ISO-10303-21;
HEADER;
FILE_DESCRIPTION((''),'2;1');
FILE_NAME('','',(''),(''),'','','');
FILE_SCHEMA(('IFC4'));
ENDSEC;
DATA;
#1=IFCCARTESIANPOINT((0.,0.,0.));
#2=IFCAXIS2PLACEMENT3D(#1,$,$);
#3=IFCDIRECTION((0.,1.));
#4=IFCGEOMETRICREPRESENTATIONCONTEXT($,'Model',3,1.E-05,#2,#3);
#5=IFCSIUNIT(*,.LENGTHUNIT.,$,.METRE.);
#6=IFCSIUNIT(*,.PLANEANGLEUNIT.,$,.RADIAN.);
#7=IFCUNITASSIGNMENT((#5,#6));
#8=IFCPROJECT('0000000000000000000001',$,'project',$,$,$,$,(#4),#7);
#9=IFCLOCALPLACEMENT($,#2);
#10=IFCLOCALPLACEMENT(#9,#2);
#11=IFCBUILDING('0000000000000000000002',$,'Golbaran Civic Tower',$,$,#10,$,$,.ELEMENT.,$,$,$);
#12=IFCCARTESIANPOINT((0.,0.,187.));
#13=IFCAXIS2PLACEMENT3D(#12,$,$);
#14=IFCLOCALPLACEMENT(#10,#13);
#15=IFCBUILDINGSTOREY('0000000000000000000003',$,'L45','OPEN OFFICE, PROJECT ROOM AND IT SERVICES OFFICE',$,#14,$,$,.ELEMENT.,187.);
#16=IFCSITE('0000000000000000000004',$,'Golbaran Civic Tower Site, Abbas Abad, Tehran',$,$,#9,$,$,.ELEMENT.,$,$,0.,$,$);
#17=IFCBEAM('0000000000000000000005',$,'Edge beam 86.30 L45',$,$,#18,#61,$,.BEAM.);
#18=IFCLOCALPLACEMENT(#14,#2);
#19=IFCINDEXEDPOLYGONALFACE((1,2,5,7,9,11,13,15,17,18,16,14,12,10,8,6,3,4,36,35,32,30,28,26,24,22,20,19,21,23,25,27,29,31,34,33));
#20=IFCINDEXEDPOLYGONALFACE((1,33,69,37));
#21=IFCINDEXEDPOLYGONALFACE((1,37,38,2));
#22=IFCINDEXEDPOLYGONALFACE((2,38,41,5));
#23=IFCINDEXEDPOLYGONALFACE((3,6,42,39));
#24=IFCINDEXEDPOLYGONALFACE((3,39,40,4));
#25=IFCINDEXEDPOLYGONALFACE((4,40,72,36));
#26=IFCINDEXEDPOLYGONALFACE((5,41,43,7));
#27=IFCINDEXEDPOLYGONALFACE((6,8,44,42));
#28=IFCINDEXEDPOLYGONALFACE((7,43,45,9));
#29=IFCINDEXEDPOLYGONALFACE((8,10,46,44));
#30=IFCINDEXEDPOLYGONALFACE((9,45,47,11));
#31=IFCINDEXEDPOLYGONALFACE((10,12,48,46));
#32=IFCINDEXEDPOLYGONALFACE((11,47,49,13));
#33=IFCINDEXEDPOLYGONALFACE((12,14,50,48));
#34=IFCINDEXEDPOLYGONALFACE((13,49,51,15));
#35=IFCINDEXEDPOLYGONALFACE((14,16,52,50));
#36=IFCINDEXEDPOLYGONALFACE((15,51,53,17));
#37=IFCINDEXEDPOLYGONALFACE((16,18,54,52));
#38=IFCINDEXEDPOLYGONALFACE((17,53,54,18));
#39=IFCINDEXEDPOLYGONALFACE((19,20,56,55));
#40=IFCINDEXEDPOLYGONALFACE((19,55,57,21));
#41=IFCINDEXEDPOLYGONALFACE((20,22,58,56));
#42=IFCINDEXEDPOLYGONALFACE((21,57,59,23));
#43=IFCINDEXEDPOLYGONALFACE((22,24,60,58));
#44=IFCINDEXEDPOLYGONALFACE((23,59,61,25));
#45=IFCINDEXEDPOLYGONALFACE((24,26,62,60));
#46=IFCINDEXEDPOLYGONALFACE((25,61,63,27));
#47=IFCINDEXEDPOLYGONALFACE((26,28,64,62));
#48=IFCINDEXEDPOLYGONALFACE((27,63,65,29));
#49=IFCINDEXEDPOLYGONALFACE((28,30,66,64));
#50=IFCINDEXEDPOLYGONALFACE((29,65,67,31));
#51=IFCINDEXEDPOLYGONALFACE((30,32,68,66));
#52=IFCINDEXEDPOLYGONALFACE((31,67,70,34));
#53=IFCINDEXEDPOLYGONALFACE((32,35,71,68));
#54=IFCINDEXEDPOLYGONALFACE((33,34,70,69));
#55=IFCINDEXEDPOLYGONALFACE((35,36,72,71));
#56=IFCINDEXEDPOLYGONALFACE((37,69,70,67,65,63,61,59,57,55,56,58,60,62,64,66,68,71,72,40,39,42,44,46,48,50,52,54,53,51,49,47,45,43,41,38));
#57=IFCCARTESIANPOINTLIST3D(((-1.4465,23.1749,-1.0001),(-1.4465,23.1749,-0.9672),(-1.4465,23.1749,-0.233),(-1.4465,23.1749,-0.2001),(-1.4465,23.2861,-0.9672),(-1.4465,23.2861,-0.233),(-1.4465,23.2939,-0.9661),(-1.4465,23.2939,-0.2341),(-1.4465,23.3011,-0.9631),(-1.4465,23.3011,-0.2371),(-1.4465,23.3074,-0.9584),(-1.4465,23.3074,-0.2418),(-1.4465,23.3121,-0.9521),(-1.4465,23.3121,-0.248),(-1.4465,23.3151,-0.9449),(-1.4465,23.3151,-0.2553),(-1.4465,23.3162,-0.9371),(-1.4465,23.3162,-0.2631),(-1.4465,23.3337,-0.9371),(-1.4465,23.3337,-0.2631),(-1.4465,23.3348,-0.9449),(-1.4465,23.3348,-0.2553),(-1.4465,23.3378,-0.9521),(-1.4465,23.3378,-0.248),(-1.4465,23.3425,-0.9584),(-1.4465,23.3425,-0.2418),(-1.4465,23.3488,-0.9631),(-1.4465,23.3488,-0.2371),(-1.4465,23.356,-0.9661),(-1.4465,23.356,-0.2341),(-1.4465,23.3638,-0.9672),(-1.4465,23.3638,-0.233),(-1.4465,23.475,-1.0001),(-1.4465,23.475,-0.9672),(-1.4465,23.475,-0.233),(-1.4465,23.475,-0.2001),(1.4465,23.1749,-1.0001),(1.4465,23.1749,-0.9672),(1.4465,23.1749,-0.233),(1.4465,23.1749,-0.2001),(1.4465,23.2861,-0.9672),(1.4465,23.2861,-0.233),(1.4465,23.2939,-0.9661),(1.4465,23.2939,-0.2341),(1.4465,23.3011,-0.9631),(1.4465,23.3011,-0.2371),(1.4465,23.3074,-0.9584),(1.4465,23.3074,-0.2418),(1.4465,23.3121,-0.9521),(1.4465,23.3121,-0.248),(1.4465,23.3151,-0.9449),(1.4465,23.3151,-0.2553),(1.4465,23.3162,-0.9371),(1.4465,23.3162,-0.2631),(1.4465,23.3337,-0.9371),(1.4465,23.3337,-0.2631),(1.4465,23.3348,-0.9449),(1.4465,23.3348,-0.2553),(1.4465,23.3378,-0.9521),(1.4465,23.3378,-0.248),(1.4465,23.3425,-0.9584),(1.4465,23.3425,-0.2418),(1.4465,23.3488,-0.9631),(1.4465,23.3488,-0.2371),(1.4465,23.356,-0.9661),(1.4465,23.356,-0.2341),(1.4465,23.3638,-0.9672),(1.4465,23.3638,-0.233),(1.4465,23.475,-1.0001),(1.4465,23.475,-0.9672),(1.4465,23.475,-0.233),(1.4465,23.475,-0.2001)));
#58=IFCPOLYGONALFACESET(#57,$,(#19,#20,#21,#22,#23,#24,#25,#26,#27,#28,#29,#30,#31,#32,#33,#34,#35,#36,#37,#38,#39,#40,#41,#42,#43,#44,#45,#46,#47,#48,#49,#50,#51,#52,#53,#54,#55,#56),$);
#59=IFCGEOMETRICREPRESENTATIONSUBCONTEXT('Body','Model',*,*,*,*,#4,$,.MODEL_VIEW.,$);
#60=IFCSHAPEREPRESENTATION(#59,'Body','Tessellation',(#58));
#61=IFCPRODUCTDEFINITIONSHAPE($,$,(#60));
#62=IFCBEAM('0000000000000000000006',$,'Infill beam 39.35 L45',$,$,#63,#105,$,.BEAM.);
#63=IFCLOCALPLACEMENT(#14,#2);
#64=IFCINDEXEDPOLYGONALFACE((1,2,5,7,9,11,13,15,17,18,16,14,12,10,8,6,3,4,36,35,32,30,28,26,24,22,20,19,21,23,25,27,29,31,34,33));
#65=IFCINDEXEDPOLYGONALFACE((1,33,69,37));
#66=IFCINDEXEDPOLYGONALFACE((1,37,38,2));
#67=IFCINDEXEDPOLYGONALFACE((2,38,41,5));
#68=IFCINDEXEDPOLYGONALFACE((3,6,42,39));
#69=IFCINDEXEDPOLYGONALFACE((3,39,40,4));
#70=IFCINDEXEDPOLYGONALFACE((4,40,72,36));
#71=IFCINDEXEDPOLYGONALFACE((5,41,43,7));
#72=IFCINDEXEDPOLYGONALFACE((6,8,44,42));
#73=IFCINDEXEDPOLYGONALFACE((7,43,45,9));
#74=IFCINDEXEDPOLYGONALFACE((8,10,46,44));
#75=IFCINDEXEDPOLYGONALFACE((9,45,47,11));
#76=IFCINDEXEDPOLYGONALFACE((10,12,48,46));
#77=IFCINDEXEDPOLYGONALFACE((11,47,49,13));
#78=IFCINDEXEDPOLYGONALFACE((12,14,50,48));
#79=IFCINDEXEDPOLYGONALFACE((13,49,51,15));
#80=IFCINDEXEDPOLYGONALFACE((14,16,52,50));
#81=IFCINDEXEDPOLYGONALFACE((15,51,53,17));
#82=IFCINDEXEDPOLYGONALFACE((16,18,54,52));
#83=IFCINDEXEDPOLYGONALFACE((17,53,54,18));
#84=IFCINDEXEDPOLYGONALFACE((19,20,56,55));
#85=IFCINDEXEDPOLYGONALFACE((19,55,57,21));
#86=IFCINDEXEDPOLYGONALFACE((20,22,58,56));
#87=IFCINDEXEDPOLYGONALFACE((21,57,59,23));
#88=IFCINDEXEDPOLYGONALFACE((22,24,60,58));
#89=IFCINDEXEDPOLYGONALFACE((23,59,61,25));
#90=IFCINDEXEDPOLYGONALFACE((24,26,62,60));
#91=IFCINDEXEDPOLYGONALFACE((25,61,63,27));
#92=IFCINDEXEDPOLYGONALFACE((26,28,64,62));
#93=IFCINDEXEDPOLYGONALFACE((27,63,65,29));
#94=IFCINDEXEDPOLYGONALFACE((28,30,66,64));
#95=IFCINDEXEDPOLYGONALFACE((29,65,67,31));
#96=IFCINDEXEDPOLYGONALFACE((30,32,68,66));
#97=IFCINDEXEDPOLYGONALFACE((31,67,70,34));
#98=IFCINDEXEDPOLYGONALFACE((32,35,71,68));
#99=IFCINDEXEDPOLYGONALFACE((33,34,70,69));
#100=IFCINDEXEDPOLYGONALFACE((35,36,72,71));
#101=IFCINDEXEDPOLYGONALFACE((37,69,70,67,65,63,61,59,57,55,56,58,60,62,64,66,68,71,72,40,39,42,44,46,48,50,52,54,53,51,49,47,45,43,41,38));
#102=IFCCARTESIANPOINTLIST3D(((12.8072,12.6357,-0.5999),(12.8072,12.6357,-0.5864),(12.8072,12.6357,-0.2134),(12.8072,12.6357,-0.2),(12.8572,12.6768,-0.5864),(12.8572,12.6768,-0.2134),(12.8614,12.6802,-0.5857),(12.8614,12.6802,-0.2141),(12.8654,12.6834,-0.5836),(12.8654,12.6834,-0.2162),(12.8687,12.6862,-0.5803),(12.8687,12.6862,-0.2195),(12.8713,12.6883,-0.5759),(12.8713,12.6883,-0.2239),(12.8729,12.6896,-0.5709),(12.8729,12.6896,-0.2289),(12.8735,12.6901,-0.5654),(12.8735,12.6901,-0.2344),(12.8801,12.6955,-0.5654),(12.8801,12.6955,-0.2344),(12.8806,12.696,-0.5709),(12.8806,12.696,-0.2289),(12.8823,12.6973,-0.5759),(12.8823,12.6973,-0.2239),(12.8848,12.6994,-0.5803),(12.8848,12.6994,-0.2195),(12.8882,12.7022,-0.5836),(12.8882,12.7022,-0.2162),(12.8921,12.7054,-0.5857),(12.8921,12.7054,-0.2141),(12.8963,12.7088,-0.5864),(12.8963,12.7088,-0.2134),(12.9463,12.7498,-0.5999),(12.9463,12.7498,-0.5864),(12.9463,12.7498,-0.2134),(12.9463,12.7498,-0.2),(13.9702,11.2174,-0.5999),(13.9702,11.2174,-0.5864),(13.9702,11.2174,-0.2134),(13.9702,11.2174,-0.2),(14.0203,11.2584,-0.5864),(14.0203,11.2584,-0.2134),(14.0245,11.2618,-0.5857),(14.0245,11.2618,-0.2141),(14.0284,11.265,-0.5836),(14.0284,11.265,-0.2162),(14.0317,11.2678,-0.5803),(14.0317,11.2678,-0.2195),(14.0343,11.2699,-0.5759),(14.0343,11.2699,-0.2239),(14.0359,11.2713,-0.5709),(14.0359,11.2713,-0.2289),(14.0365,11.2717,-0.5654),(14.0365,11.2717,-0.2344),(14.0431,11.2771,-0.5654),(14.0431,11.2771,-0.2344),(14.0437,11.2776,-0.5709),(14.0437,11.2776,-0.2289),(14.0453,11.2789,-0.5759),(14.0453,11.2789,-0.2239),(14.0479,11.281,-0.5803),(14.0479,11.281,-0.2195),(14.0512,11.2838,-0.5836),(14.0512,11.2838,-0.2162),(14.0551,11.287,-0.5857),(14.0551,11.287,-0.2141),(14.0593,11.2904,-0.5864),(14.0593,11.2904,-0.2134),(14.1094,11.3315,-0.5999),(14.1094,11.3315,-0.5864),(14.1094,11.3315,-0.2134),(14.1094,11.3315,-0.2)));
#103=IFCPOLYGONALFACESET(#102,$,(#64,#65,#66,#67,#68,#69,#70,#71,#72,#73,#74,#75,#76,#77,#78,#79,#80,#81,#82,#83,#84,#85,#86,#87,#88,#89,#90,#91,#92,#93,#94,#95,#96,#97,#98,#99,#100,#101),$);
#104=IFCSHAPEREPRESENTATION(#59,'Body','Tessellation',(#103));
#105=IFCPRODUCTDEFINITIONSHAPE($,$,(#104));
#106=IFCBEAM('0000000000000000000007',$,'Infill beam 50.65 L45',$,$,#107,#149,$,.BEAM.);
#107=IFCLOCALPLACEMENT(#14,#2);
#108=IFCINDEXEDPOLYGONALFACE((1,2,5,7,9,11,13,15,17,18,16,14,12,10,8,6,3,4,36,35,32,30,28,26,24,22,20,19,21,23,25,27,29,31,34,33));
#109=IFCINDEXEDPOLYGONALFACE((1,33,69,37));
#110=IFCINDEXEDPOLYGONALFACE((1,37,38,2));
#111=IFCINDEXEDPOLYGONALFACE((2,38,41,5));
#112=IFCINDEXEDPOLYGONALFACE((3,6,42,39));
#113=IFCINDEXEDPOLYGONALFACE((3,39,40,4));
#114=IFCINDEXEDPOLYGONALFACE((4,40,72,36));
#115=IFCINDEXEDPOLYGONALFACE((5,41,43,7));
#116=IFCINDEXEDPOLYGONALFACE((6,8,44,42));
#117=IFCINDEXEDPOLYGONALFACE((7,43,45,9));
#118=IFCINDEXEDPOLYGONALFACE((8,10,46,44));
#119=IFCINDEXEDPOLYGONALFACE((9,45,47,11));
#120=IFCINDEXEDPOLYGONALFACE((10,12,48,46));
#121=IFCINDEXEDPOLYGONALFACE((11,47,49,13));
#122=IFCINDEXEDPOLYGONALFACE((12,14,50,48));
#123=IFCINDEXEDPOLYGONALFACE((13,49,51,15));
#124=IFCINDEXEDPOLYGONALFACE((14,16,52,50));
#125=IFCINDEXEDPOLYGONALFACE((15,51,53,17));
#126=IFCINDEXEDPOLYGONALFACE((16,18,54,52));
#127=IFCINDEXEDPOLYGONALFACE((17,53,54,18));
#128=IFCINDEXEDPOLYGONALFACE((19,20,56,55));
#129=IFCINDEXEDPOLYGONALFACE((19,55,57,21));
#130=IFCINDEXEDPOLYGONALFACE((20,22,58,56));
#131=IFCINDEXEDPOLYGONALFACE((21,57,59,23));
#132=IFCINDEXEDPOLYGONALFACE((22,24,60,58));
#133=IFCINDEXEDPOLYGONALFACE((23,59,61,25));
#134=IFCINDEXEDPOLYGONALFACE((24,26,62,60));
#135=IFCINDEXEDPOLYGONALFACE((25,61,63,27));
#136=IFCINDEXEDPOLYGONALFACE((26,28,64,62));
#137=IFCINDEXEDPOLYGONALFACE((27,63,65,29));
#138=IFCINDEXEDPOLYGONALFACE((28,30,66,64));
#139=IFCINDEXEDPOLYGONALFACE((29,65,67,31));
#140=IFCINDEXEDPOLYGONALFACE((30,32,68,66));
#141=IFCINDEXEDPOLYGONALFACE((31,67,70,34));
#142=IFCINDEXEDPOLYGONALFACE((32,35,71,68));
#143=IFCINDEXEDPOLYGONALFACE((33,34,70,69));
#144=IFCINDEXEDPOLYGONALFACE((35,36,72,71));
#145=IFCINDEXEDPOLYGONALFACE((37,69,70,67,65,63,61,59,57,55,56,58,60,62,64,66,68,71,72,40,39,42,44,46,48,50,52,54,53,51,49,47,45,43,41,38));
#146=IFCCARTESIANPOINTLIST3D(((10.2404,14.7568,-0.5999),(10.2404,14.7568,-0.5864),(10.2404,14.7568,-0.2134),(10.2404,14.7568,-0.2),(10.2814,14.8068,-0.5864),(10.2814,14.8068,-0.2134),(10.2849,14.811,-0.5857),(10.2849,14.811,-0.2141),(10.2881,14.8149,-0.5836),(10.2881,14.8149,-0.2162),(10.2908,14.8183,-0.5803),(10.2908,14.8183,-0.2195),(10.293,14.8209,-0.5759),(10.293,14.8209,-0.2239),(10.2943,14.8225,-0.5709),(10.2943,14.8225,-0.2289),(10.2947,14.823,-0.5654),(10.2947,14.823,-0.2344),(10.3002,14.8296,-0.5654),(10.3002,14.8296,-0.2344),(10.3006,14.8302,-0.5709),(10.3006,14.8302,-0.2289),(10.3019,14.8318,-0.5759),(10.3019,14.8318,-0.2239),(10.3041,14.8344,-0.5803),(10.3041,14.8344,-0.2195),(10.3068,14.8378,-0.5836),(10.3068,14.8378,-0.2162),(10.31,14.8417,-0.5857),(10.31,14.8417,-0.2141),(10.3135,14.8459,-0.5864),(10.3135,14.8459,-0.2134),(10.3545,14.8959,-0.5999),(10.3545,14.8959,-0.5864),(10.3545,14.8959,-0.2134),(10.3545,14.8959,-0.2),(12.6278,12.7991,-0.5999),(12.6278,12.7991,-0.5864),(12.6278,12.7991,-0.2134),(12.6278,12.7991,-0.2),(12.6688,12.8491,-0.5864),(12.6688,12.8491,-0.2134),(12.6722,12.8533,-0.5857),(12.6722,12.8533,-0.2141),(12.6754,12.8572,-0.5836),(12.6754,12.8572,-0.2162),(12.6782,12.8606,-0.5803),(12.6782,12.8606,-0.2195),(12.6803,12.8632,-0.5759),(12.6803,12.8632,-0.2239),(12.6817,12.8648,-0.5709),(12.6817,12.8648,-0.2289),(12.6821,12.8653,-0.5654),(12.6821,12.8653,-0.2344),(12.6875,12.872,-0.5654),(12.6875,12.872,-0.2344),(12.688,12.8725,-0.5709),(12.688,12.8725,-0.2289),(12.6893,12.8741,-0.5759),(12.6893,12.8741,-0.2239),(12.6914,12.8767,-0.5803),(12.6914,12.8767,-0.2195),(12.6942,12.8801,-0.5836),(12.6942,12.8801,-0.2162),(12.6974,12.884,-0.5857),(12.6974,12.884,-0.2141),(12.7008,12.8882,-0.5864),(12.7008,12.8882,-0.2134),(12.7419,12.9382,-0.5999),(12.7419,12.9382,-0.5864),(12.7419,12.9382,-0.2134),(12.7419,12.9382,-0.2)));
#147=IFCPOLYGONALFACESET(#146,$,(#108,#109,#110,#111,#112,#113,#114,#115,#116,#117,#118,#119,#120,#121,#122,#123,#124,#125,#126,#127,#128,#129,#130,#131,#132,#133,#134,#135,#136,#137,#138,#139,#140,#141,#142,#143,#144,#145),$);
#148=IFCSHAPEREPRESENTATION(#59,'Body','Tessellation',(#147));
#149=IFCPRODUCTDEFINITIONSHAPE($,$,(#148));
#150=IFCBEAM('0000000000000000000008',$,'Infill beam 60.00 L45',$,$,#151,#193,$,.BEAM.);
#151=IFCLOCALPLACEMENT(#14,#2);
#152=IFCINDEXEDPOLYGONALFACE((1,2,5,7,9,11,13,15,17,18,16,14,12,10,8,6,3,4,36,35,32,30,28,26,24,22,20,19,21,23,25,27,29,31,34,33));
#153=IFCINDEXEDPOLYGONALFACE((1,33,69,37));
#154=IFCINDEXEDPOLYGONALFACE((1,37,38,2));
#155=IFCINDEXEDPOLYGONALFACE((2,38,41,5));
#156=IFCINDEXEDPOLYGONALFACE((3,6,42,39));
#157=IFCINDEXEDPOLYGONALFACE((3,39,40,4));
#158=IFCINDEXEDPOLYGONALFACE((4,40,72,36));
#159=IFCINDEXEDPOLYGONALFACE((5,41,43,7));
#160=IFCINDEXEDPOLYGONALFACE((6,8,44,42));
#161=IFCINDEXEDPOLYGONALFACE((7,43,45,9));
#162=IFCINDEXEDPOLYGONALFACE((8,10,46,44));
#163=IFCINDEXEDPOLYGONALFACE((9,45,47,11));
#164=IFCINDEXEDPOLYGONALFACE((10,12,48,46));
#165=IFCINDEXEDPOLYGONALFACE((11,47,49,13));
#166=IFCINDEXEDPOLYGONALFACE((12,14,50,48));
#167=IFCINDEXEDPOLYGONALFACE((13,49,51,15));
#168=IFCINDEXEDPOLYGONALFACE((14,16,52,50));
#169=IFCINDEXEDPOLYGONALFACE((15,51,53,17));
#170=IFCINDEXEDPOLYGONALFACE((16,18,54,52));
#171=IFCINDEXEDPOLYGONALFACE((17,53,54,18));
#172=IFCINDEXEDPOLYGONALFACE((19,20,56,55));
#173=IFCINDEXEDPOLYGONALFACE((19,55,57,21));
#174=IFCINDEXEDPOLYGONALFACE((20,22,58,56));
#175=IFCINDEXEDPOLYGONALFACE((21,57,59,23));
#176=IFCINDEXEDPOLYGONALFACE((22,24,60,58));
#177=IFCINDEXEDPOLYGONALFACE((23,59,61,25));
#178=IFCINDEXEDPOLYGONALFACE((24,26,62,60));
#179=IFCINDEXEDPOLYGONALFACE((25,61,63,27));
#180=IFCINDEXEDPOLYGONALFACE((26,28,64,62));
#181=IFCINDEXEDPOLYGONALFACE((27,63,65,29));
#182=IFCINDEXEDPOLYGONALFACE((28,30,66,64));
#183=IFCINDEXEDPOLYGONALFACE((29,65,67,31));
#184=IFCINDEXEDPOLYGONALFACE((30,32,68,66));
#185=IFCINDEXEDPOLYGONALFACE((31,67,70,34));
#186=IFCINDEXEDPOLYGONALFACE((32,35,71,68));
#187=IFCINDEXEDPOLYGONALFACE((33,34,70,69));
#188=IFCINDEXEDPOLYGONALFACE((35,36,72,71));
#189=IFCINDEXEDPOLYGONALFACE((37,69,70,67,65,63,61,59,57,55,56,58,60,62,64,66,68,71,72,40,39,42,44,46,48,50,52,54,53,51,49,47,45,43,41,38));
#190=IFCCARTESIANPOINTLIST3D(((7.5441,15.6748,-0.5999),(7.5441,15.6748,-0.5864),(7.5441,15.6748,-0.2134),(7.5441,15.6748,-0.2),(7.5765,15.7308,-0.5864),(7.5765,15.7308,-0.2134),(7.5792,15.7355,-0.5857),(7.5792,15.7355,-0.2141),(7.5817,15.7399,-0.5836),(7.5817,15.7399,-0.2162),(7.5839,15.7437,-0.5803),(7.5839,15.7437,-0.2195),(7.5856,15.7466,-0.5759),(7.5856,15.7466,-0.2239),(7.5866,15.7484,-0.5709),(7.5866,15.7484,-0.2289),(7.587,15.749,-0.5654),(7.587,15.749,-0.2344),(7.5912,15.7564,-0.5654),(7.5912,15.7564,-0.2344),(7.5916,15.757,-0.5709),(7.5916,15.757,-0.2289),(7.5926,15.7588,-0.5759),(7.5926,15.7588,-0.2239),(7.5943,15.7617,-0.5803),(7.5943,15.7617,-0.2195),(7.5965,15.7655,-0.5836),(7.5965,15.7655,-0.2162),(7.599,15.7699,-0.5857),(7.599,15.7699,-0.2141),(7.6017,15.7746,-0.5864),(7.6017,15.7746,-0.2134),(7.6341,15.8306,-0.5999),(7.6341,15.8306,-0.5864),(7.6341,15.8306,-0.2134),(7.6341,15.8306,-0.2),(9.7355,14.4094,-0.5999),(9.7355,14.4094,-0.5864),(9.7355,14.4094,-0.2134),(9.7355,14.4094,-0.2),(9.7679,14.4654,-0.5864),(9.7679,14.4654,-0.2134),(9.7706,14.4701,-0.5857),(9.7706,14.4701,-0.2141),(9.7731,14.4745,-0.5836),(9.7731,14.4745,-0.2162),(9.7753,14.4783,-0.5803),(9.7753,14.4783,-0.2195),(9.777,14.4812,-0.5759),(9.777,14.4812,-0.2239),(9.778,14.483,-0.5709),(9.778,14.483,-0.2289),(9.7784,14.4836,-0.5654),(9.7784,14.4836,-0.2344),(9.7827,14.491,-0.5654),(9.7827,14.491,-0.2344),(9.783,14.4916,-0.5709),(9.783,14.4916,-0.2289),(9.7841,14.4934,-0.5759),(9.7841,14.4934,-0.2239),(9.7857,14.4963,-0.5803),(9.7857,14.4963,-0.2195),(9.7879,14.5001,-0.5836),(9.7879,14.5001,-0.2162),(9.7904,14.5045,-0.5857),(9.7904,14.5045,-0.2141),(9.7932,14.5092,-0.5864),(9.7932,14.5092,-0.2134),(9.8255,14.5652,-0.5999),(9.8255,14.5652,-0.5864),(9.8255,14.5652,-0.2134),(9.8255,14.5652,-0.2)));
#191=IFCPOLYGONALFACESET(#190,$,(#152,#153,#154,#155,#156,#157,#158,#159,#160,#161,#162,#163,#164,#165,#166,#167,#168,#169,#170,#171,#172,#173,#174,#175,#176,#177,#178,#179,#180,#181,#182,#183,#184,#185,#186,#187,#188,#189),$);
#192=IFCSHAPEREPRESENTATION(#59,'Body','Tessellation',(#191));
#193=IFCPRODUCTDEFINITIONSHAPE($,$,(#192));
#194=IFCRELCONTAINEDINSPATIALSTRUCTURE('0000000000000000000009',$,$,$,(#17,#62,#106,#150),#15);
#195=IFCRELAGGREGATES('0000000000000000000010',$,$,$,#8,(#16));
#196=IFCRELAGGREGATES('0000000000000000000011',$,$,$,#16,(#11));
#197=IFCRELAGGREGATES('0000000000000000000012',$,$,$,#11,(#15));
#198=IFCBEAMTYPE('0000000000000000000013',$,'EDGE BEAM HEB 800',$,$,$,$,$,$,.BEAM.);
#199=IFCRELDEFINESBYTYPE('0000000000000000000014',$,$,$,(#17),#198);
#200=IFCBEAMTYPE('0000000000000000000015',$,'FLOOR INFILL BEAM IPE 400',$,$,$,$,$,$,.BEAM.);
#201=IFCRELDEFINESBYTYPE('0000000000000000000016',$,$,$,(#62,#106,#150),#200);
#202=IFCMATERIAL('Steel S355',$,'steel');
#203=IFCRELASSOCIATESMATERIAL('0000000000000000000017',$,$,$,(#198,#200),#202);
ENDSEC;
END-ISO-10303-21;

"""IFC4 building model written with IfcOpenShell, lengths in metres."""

from ifc_helpers import new_model, si_unit, direction, frame, origin, origin_2d, place, context, subcontext, project, spatial, i_section, extrude, material, material_profile, profile_set, type_object, element, save


model = new_model("IFC4")

# Units and contexts
model_context = context("Model", 3, precision=1e-05, world=origin(), true_north=direction((0.0, 1.0)))
body_context = subcontext(model_context, "Body", "Model", "MODEL_VIEW")
ifc_project = project(units=[si_unit("LENGTHUNIT", "METRE"), si_unit("PLANEANGLEUNIT", "RADIAN")], contexts=[model_context])

# Site, building, storey
site_placement = place(None, origin())
site = spatial("IfcSite", under=ifc_project, at=site_placement, Name="Golbaran Civic Tower Site, Abbas Abad, Tehran", CompositionType="ELEMENT", RefElevation=0.0)
building_placement = place(site_placement, origin())
building = spatial("IfcBuilding", under=site, at=building_placement, Name="Golbaran Civic Tower", CompositionType="ELEMENT")
storey_placement = place(building_placement, frame((0.0, 0.0, 187.0)))
storey = spatial("IfcBuildingStorey", under=building, at=storey_placement, Name="L45", Description="OPEN OFFICE, PROJECT ROOM AND IT SERVICES OFFICE", CompositionType="ELEMENT", Elevation=187.0)

# Beams
ifc_material_1 = material(Name="Steel S355", Category="steel")
ifc_material_profile_1 = material_profile(ifc_material_1, i_section(OverallWidth=0.3, OverallDepth=0.8, WebThickness=0.0176, FlangeThickness=0.033, FilletRadius=0.03, at=origin_2d()), Name="HEB 800")
ifc_profile_set_1 = profile_set([ifc_material_profile_1], Name="Steel S355")
beam_type_1 = type_object("IfcBeamType", Name="EDGE BEAM HEB 800", PredefinedType="BEAM", material=ifc_profile_set_1)
beam_1_placement = place(storey_placement, frame((1.4465, 23.325, -0.6001), z_axis=(-1.0, 0.0, 0.0), x_axis=(0.0, -1.0, 0.0)))
element("IfcBeam", 1, at=beam_1_placement, inside=storey, type_object=beam_type_1, Name="Edge beam 86.30 L45", PredefinedType="BEAM", context=body_context, shape_type="SweptSolid", body=[
    extrude(i_section(OverallWidth=0.3, OverallDepth=0.8, WebThickness=0.0176, FlangeThickness=0.033, FilletRadius=0.03, at=origin_2d()), origin(), (0.0, 0.0, 1.0), 2.8931),
])
ifc_material_profile_2 = material_profile(ifc_material_1, i_section(OverallWidth=0.1799, OverallDepth=0.3999, WebThickness=0.0085, FlangeThickness=0.0134, FilletRadius=0.021, at=origin_2d()), Name="IPE 400")
ifc_profile_set_2 = profile_set([ifc_material_profile_2], Name="Steel S355")
beam_type_2 = type_object("IfcBeamType", Name="FLOOR INFILL BEAM IPE 400", PredefinedType="BEAM", material=ifc_profile_set_2)
beam_2_placement = place(storey_placement, frame((14.0398, 11.2744, -0.3999), z_axis=(-0.634064, 0.773281, 0.0), x_axis=(-0.773281, -0.634064, 0.0)))
element("IfcBeam", 2, at=beam_2_placement, inside=storey, type_object=beam_type_2, Name="Infill beam 39.35 L45", PredefinedType="BEAM", context=body_context, shape_type="SweptSolid", body=[
    extrude(i_section(OverallWidth=0.1799, OverallDepth=0.3999, WebThickness=0.0085, FlangeThickness=0.0134, FilletRadius=0.021, at=origin_2d()), origin(), (0.0, 0.0, 1.0), 1.8342),
])
beam_3_placement = place(storey_placement, frame((12.6848, 12.8687, -0.3999), z_axis=(-0.773259, 0.63409, 0.0), x_axis=(-0.63409, -0.773259, 0.0)))
element("IfcBeam", 3, at=beam_3_placement, inside=storey, type_object=beam_type_2, Name="Infill beam 50.65 L45", PredefinedType="BEAM", context=body_context, shape_type="SweptSolid", body=[
    extrude(i_section(OverallWidth=0.1799, OverallDepth=0.3999, WebThickness=0.0085, FlangeThickness=0.0134, FilletRadius=0.021, at=origin_2d()), origin(), (0.0, 0.0, 1.0), 3.0874),
])
beam_4_placement = place(storey_placement, frame((9.7805, 14.4873, -0.3999), z_axis=(-0.865996, 0.500051, 0.0), x_axis=(-0.500051, -0.865996, 0.0)))
element("IfcBeam", 4, at=beam_4_placement, inside=storey, type_object=beam_type_2, Name="Infill beam 60.00 L45", PredefinedType="BEAM", context=body_context, shape_type="SweptSolid", body=[
    extrude(i_section(OverallWidth=0.1799, OverallDepth=0.3999, WebThickness=0.0085, FlangeThickness=0.0134, FilletRadius=0.021, at=origin_2d()), origin(), (0.0, 0.0, 1.0), 2.5305),
])

save(model, "model.ifc")
